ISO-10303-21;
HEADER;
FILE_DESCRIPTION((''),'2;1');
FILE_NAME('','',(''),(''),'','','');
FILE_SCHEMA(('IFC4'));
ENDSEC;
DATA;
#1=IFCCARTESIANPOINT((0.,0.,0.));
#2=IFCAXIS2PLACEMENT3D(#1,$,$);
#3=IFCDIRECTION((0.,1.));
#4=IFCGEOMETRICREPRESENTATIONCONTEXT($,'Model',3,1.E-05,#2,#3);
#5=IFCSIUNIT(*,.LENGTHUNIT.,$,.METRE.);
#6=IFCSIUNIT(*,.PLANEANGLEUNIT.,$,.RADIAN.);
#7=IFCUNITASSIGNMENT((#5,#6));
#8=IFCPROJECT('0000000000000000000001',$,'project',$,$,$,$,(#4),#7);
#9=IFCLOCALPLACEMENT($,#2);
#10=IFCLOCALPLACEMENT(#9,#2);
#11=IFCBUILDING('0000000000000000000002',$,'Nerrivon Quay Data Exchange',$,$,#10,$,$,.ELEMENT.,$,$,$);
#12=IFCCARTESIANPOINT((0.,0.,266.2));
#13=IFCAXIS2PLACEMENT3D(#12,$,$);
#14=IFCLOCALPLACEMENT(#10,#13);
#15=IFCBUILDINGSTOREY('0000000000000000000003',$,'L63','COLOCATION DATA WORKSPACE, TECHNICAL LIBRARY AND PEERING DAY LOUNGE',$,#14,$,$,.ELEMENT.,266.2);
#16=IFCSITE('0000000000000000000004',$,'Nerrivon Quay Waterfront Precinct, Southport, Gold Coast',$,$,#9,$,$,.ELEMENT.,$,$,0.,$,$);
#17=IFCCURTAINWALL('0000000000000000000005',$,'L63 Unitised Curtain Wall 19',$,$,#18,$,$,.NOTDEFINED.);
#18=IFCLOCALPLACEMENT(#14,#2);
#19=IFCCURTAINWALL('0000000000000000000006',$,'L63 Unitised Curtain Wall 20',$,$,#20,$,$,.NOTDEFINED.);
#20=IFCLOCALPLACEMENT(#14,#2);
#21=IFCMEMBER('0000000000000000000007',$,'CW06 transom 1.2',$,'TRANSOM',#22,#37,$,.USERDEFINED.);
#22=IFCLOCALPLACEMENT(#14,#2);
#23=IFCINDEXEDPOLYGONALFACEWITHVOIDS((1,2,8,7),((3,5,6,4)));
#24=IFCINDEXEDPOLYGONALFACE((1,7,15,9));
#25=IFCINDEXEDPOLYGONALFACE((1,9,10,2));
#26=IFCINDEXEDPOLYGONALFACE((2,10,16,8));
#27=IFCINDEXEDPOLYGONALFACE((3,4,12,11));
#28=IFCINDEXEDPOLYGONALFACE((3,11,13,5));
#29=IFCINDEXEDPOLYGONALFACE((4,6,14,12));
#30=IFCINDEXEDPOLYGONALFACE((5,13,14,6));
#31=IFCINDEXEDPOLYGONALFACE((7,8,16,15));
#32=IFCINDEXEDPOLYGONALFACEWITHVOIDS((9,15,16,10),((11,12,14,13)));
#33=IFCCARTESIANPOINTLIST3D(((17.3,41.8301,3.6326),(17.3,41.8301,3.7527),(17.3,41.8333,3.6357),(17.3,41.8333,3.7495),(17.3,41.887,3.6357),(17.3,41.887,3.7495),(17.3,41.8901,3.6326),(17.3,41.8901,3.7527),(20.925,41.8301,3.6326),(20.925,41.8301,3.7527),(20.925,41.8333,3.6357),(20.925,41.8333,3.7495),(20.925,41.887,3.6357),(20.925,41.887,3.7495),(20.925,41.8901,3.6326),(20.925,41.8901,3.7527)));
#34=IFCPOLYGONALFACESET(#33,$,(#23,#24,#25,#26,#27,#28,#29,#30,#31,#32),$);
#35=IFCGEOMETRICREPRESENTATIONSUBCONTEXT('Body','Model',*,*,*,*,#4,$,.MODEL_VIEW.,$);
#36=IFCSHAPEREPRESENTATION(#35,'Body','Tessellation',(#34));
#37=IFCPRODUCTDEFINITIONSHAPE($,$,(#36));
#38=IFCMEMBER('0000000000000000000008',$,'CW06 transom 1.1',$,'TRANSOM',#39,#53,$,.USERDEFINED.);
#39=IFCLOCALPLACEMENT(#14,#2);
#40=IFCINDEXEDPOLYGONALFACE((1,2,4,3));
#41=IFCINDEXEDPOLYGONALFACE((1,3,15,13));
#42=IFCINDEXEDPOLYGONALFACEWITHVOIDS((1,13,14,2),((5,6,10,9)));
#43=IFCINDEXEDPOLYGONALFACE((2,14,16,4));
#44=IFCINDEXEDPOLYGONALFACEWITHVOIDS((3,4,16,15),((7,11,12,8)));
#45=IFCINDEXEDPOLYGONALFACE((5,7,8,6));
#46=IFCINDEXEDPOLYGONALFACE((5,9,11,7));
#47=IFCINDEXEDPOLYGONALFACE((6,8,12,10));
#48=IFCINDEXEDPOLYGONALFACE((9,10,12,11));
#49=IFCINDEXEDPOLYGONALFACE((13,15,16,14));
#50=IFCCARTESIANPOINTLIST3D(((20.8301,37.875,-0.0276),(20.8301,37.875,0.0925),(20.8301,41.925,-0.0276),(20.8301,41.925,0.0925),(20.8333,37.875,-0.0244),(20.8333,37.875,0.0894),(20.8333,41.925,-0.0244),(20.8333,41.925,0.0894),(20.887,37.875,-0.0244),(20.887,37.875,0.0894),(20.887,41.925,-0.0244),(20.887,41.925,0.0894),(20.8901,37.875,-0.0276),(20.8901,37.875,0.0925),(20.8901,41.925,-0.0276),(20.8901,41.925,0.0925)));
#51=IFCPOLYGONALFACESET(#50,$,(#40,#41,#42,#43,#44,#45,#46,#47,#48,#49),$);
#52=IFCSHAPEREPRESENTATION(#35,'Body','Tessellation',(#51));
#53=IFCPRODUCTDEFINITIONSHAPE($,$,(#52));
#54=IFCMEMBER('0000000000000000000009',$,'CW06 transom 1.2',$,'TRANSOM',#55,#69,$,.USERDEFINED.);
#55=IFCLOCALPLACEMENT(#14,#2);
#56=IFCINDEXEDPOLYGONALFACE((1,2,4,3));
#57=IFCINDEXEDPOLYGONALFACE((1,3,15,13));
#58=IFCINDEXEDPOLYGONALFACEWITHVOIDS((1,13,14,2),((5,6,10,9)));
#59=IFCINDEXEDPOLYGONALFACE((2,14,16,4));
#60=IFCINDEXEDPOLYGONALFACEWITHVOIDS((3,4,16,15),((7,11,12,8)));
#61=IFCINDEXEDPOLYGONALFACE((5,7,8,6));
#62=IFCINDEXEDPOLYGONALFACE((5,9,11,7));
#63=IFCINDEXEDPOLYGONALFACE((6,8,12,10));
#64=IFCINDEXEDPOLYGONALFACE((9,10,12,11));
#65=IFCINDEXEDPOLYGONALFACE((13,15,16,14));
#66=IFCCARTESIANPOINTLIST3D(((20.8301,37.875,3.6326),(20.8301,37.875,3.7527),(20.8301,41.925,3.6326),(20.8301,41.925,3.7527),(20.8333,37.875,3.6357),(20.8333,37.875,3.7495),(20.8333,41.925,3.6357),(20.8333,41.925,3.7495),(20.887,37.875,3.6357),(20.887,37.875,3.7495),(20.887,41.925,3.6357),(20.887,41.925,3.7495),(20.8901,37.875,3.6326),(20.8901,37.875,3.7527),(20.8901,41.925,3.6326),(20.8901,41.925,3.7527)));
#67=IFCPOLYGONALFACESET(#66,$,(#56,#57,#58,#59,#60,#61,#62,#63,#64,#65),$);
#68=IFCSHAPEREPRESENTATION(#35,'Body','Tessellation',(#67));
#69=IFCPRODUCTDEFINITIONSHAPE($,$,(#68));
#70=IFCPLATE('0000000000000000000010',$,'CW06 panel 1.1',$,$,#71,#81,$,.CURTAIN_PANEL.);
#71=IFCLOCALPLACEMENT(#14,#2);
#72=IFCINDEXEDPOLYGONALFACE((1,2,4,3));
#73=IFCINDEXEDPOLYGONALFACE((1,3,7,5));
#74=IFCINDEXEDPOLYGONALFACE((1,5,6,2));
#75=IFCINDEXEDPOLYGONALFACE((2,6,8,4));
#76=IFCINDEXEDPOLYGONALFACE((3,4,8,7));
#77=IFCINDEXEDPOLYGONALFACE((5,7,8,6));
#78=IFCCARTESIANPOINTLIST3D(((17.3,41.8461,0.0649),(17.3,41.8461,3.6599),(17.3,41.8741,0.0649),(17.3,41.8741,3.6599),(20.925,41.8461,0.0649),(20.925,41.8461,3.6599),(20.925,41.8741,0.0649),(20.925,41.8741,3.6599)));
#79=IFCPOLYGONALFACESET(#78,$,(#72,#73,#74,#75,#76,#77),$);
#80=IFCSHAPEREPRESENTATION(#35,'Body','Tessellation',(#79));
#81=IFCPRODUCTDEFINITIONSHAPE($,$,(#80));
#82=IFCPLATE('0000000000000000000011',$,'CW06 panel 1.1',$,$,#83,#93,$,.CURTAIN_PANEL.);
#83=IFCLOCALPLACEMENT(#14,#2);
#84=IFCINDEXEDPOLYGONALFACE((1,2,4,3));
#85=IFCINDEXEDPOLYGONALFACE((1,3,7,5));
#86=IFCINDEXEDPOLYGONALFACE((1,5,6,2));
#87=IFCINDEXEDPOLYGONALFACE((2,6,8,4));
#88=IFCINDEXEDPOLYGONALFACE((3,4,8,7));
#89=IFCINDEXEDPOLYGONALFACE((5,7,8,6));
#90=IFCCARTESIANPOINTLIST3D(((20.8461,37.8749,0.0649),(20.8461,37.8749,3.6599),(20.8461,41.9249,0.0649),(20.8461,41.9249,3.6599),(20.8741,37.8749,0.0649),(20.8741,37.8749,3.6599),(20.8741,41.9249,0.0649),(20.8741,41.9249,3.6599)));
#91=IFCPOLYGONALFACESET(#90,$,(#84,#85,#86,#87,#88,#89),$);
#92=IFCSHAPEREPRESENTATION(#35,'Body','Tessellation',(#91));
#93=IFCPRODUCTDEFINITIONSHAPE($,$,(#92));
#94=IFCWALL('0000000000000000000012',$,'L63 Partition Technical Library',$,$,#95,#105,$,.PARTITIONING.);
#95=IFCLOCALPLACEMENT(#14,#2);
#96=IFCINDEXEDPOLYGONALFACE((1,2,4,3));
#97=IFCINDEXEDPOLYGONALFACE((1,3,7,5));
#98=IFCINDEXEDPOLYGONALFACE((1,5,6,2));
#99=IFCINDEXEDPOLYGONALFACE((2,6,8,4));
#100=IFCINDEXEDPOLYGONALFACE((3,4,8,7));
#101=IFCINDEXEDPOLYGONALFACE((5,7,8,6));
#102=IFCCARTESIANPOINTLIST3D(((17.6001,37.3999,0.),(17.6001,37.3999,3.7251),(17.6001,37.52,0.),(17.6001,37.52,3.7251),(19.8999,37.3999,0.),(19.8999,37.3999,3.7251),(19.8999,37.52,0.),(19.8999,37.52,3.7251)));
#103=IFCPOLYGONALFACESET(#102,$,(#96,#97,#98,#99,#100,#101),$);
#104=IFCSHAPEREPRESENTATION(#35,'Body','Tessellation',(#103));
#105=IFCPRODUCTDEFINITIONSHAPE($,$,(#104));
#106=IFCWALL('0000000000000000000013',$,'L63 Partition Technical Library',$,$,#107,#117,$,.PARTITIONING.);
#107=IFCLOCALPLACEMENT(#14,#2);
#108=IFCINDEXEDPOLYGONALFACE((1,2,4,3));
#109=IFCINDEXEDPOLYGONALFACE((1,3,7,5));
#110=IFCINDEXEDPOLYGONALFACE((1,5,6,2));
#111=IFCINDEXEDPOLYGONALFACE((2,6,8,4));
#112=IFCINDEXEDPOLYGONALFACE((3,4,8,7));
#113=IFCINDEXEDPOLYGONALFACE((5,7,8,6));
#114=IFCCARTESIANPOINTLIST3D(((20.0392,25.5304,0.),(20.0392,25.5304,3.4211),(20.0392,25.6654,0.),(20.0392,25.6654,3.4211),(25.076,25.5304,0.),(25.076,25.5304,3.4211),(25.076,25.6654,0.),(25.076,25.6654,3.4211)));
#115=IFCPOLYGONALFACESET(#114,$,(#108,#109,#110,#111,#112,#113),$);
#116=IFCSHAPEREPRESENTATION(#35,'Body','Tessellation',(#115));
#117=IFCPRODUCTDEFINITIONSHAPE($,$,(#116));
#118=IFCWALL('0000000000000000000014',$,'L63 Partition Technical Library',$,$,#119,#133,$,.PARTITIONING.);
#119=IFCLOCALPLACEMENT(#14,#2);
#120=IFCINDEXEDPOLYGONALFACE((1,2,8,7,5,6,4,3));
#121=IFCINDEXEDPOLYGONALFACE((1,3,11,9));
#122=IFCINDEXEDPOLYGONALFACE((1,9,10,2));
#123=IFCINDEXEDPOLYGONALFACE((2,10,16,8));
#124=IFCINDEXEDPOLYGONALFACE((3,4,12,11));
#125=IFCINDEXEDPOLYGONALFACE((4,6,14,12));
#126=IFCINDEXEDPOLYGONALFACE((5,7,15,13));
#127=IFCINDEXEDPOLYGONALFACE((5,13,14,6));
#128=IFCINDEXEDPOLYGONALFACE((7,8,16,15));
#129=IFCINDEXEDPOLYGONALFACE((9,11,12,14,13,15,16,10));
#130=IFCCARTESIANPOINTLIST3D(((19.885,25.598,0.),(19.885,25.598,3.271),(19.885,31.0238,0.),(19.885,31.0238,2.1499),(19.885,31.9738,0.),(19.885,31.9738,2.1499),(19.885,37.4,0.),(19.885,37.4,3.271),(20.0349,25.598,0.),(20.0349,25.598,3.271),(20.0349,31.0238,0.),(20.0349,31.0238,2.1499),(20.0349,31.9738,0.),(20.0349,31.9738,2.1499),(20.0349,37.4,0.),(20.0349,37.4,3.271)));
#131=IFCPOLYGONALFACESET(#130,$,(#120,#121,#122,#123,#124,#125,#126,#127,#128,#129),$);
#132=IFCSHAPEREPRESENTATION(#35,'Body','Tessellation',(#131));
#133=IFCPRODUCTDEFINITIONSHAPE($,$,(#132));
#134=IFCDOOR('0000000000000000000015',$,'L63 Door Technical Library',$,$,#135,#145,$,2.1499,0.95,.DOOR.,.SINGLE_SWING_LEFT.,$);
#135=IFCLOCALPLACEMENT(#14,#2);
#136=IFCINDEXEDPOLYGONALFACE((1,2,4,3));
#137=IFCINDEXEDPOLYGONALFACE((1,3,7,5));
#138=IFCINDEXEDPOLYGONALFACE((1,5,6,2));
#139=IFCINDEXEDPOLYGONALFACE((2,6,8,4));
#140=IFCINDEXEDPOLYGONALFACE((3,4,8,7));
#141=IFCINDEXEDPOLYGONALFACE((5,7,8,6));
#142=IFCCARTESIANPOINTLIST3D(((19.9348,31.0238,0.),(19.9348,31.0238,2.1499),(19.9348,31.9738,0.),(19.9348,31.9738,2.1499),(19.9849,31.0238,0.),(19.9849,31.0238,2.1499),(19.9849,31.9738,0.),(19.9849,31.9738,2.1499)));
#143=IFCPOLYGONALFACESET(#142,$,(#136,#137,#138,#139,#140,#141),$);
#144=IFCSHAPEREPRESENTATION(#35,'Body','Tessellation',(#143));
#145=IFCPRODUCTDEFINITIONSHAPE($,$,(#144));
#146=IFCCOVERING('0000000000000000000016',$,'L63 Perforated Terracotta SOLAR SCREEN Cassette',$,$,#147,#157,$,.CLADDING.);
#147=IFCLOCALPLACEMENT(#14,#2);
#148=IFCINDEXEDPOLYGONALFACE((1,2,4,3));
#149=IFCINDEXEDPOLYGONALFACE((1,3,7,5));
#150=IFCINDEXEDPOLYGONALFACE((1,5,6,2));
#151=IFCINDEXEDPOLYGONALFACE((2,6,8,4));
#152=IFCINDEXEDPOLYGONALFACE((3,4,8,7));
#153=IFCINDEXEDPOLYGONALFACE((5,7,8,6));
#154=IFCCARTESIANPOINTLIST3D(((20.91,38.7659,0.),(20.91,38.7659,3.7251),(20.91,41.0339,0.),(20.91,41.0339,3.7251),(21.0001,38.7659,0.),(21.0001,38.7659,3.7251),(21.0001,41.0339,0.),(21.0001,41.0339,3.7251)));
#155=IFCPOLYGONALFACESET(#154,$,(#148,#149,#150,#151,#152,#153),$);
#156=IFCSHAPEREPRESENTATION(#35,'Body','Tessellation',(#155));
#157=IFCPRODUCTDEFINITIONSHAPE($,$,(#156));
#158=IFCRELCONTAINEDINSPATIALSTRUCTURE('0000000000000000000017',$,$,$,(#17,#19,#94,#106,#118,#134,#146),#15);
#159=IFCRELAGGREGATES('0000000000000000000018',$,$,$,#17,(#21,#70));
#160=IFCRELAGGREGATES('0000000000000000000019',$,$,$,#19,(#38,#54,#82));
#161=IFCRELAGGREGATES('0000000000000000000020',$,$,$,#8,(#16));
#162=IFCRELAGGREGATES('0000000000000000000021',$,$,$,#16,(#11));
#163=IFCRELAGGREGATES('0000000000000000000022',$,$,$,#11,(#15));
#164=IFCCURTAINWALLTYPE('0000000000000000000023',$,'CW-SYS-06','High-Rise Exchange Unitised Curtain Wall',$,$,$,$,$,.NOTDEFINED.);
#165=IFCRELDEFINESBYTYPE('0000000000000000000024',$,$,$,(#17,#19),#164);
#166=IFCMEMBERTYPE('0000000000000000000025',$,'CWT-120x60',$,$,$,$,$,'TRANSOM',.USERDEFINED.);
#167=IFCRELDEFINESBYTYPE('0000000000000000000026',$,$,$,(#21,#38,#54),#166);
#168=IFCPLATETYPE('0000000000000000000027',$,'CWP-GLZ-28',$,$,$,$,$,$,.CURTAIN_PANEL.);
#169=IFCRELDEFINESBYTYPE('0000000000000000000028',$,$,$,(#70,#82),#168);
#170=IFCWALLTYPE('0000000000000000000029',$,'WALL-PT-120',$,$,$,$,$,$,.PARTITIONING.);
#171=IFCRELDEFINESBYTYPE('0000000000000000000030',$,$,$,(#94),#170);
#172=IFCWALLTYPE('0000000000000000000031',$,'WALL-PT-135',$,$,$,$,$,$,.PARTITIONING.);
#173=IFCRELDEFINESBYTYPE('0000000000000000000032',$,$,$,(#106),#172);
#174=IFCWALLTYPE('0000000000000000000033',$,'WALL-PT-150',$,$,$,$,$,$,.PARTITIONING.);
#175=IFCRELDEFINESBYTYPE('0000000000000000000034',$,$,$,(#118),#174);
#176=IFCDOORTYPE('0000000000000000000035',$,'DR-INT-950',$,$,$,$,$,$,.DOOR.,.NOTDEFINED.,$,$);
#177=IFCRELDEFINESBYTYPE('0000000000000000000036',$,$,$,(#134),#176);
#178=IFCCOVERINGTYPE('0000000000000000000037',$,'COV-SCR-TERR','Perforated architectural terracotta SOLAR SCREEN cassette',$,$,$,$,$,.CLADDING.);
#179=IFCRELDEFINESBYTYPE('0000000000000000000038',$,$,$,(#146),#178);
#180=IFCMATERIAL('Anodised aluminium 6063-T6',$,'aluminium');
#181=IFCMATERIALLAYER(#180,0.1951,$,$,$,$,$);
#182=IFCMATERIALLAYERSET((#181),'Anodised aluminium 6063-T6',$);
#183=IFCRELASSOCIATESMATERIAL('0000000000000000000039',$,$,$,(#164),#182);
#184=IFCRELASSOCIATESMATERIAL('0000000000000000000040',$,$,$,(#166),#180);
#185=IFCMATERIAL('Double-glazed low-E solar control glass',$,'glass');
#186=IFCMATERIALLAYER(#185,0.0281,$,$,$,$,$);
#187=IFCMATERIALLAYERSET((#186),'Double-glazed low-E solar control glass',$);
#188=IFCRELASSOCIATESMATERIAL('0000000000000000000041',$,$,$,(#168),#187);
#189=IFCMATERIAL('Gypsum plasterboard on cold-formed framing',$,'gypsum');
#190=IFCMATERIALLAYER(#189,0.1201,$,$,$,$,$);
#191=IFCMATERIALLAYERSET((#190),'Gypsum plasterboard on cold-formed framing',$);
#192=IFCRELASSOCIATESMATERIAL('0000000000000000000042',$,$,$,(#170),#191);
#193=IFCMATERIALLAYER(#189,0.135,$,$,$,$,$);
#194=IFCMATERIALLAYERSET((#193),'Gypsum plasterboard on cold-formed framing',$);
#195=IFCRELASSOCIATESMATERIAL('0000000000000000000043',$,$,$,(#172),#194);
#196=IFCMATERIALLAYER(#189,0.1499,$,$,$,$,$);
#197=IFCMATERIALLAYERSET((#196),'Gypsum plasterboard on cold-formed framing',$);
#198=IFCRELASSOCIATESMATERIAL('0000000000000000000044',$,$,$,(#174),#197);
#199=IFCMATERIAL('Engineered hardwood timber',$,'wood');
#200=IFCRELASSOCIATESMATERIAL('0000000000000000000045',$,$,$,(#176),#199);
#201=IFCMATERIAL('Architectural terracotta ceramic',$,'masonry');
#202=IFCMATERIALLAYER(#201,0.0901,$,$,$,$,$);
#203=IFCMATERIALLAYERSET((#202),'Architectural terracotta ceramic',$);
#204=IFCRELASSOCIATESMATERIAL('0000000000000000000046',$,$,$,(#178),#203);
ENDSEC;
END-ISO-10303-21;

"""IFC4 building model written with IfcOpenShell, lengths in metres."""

from ifc_helpers import new_model, si_unit, direction, frame, frame_2d, origin, origin_2d, place, context, subcontext, project, spatial, rectangle, hollow_rectangle, extrude, material, layer, layer_set, material_profile, profile_set, type_object, element, fill, aggregate, save


model = new_model("IFC4")

# Units and contexts
model_context = context("Model", 3, precision=1e-05, world=origin(), true_north=direction((0.0, 1.0)))
body_context = subcontext(model_context, "Body", "Model", "MODEL_VIEW")
ifc_project = project(units=[si_unit("LENGTHUNIT", "METRE"), si_unit("PLANEANGLEUNIT", "RADIAN")], contexts=[model_context])

# Site, building, storey
site_placement = place(None, origin())
site = spatial("IfcSite", under=ifc_project, at=site_placement, Name="Nerrivon Quay Waterfront Precinct, Southport, Gold Coast", CompositionType="ELEMENT", RefElevation=0.0)
building_placement = place(site_placement, origin())
building = spatial("IfcBuilding", under=site, at=building_placement, Name="Nerrivon Quay Data Exchange", CompositionType="ELEMENT")
storey_placement = place(building_placement, frame((0.0, 0.0, 266.2)))
storey = spatial("IfcBuildingStorey", under=building, at=storey_placement, Name="L63", Description="COLOCATION DATA WORKSPACE, TECHNICAL LIBRARY AND PEERING DAY LOUNGE", CompositionType="ELEMENT", Elevation=266.2)

# Curtain walls
ifc_material_1 = material(Name="Anodised aluminium 6063-T6", Category="aluminium")
ifc_layer_1 = layer(ifc_material_1, 0.1951)
ifc_layer_set_1 = layer_set([ifc_layer_1], Name="Anodised aluminium 6063-T6")
curtain_wall_type = type_object("IfcCurtainWallType", Name="CW-SYS-06", Description="High-Rise Exchange Unitised Curtain Wall", PredefinedType="NOTDEFINED", material=ifc_layer_set_1)
curtain_wall_1_placement = place(storey_placement, origin())
curtain_wall_1 = element("IfcCurtainWall", 1, at=curtain_wall_1_placement, inside=storey, type_object=curtain_wall_type, Name="L63 Unitised Curtain Wall 19", PredefinedType="NOTDEFINED")
curtain_wall_2_placement = place(storey_placement, origin())
curtain_wall_2 = element("IfcCurtainWall", 2, at=curtain_wall_2_placement, inside=storey, type_object=curtain_wall_type, Name="L63 Unitised Curtain Wall 20", PredefinedType="NOTDEFINED")

# Members
ifc_material_profile_1 = material_profile(ifc_material_1, hollow_rectangle(XDim=0.0601, YDim=0.1201, WallThickness=0.0032, at=origin_2d()), Name="ALU-TRAN-120x60")
ifc_profile_set_1 = profile_set([ifc_material_profile_1], Name="Anodised aluminium 6063-T6")
member_type_1 = type_object("IfcMemberType", Name="CWT-120x60", ElementType="TRANSOM", PredefinedType="USERDEFINED", material=ifc_profile_set_1)
member_1_placement = place(storey_placement, frame((17.3, 41.8601, 3.6926), z_axis=(1.0, 0.0, 0.0), x_axis=(0.0, 1.0, 0.0)))
member_1 = element("IfcMember", 3, at=member_1_placement, type_object=member_type_1, Name="CW06 transom 1.2", ObjectType="TRANSOM", PredefinedType="USERDEFINED", context=body_context, shape_type="SweptSolid", body=[
    extrude(hollow_rectangle(XDim=0.0601, YDim=0.1201, WallThickness=0.0032, at=origin_2d()), origin(), (0.0, 0.0, 1.0), 3.625),
])
member_2_placement = place(storey_placement, frame((20.8601, 41.925, 0.0325), z_axis=(0.0, -1.0, 0.0), x_axis=(1.0, 0.0, 0.0)))
member_2 = element("IfcMember", 4, at=member_2_placement, type_object=member_type_1, Name="CW06 transom 1.1", ObjectType="TRANSOM", PredefinedType="USERDEFINED", context=body_context, shape_type="SweptSolid", body=[
    extrude(hollow_rectangle(XDim=0.0601, YDim=0.1201, WallThickness=0.0032, at=origin_2d()), origin(), (0.0, 0.0, 1.0), 4.05),
])
member_3_placement = place(storey_placement, frame((20.8601, 41.925, 3.6926), z_axis=(0.0, -1.0, 0.0), x_axis=(1.0, 0.0, 0.0)))
member_3 = element("IfcMember", 5, at=member_3_placement, type_object=member_type_1, Name="CW06 transom 1.2", ObjectType="TRANSOM", PredefinedType="USERDEFINED", context=body_context, shape_type="SweptSolid", body=[
    extrude(hollow_rectangle(XDim=0.0601, YDim=0.1201, WallThickness=0.0032, at=origin_2d()), origin(), (0.0, 0.0, 1.0), 4.05),
])

# Plates
ifc_material_2 = material(Name="Double-glazed low-E solar control glass", Category="glass")
ifc_layer_2 = layer(ifc_material_2, 0.0281)
ifc_layer_set_2 = layer_set([ifc_layer_2], Name="Double-glazed low-E solar control glass")
plate_type = type_object("IfcPlateType", Name="CWP-GLZ-28", PredefinedType="CURTAIN_PANEL", material=ifc_layer_set_2)
plate_1_placement = place(storey_placement, frame((19.1125, 41.8601, 0.0649), z_axis=(0.0, 0.0, 1.0), x_axis=(1.0, 0.0, 0.0)))
plate_1 = element("IfcPlate", 6, at=plate_1_placement, type_object=plate_type, Name="CW06 panel 1.1", PredefinedType="CURTAIN_PANEL", context=body_context, shape_type="SweptSolid", body=[
    extrude(rectangle(XDim=3.625, YDim=0.0281, at=origin_2d()), origin(), (0.0, 0.0, 1.0), 3.595),
])
aggregate(curtain_wall_1, [member_1, plate_1])
plate_2_placement = place(storey_placement, frame((20.8601, 39.8999, 0.0649), z_axis=(0.0, 0.0, 1.0), x_axis=(0.0, -1.0, 0.0)))
plate_2 = element("IfcPlate", 7, at=plate_2_placement, type_object=plate_type, Name="CW06 panel 1.1", PredefinedType="CURTAIN_PANEL", context=body_context, shape_type="SweptSolid", body=[
    extrude(rectangle(XDim=4.05, YDim=0.0281, at=origin_2d()), origin(), (0.0, 0.0, 1.0), 3.595),
])
aggregate(curtain_wall_2, [member_2, member_3, plate_2])

# Walls
ifc_material_3 = material(Name="Gypsum plasterboard on cold-formed framing", Category="gypsum")
ifc_layer_3 = layer(ifc_material_3, 0.1201)
ifc_layer_set_3 = layer_set([ifc_layer_3], Name="Gypsum plasterboard on cold-formed framing")
wall_type_1 = type_object("IfcWallType", Name="WALL-PT-120", PredefinedType="PARTITIONING", material=ifc_layer_set_3)
wall_1_placement = place(storey_placement, frame((17.6001, 37.46, 0.0), z_axis=(0.0, 0.0, 1.0), x_axis=(1.0, 0.0, 0.0)))
element("IfcWall", 8, at=wall_1_placement, inside=storey, type_object=wall_type_1, Name="L63 Partition Technical Library", PredefinedType="PARTITIONING", context=body_context, shape_type="SweptSolid", body=[
    extrude(rectangle(XDim=2.2998, YDim=0.1201, at=frame_2d((1.1499, 0.0))), origin(), (0.0, 0.0, 1.0), 3.7251),
])
ifc_layer_4 = layer(ifc_material_3, 0.135)
ifc_layer_set_4 = layer_set([ifc_layer_4], Name="Gypsum plasterboard on cold-formed framing")
wall_type_2 = type_object("IfcWallType", Name="WALL-PT-135", PredefinedType="PARTITIONING", material=ifc_layer_set_4)
wall_2_placement = place(storey_placement, frame((20.0391, 25.5979, 0.0), z_axis=(0.0, 0.0, 1.0), x_axis=(1.0, 0.0, 0.0)))
element("IfcWall", 9, at=wall_2_placement, inside=storey, type_object=wall_type_2, Name="L63 Partition Technical Library", PredefinedType="PARTITIONING", context=body_context, shape_type="SweptSolid", body=[
    extrude(rectangle(XDim=5.0369, YDim=0.135, at=frame_2d((2.5186, 0.0))), origin(), (0.0, 0.0, 1.0), 3.4211),
])

# Wall, opening, door
ifc_layer_5 = layer(ifc_material_3, 0.1499)
ifc_layer_set_5 = layer_set([ifc_layer_5], Name="Gypsum plasterboard on cold-formed framing")
wall_type_3 = type_object("IfcWallType", Name="WALL-PT-150", PredefinedType="PARTITIONING", material=ifc_layer_set_5)
wall_3_placement = place(storey_placement, frame((19.96, 37.3999, 0.0), z_axis=(0.0, 0.0, 1.0), x_axis=(0.0, -1.0, 0.0)))
wall_3 = element("IfcWall", 10, at=wall_3_placement, inside=storey, type_object=wall_type_3, Name="L63 Partition Technical Library", PredefinedType="PARTITIONING", context=body_context, shape_type="SweptSolid", body=[
    extrude(rectangle(XDim=11.802, YDim=0.1499, at=frame_2d((5.9009, 0.0))), origin(), (0.0, 0.0, 1.0), 3.271),
])
opening_1_placement = place(wall_3_placement, frame((5.426, 0.0, 0.0)))
opening_1 = element("IfcOpeningElement", 11, at=opening_1_placement, cuts=wall_3, PredefinedType="OPENING", context=body_context, shape_type="SweptSolid", body=[
    extrude(rectangle(XDim=0.95, YDim=2.1499, at=frame_2d((0.4751, 1.075))), frame((0.0, 0.085, 0.0), z_axis=(0.0, -1.0, 0.0), x_axis=(1.0, 0.0, 0.0)), (0.0, 0.0, 1.0), 0.1699),
])
ifc_material_4 = material(Name="Engineered hardwood timber", Category="wood")
door_type_1 = type_object("IfcDoorType", Name="DR-INT-950", OperationType="NOTDEFINED", PredefinedType="DOOR", material=ifc_material_4)
door_1_placement = place(opening_1_placement, origin())
door_1 = element("IfcDoor", 12, at=door_1_placement, inside=storey, type_object=door_type_1, Name="L63 Door Technical Library", OperationType="SINGLE_SWING_LEFT", OverallHeight=2.1499, OverallWidth=0.95, PredefinedType="DOOR", context=body_context, shape_type="SweptSolid", body=[
    extrude(rectangle(XDim=0.95, YDim=2.1499, at=frame_2d((0.4751, 1.075))), frame((0.0, 0.0249, 0.0), z_axis=(0.0, -1.0, 0.0), x_axis=(1.0, 0.0, 0.0)), (0.0, 0.0, 1.0), 0.05),
])
fill(opening_1, door_1)

# Covering
ifc_material_5 = material(Name="Architectural terracotta ceramic", Category="masonry")
ifc_layer_6 = layer(ifc_material_5, 0.0901)
ifc_layer_set_6 = layer_set([ifc_layer_6], Name="Architectural terracotta ceramic")
covering_type = type_object("IfcCoveringType", Name="COV-SCR-TERR", Description="Perforated architectural terracotta SOLAR SCREEN cassette", PredefinedType="CLADDING", material=ifc_layer_set_6)
covering_placement = place(storey_placement, frame((20.9551, 39.8999, 0.0), z_axis=(0.0, 0.0, 1.0), x_axis=(0.0, -1.0, 0.0)))
element("IfcCovering", 13, at=covering_placement, inside=storey, type_object=covering_type, Name="L63 Perforated Terracotta SOLAR SCREEN Cassette", PredefinedType="CLADDING", context=body_context, shape_type="SweptSolid", body=[
    extrude(rectangle(XDim=2.2681, YDim=0.0901, at=origin_2d()), origin(), (0.0, 0.0, 1.0), 3.7251),
])

save(model, "model.ifc")
